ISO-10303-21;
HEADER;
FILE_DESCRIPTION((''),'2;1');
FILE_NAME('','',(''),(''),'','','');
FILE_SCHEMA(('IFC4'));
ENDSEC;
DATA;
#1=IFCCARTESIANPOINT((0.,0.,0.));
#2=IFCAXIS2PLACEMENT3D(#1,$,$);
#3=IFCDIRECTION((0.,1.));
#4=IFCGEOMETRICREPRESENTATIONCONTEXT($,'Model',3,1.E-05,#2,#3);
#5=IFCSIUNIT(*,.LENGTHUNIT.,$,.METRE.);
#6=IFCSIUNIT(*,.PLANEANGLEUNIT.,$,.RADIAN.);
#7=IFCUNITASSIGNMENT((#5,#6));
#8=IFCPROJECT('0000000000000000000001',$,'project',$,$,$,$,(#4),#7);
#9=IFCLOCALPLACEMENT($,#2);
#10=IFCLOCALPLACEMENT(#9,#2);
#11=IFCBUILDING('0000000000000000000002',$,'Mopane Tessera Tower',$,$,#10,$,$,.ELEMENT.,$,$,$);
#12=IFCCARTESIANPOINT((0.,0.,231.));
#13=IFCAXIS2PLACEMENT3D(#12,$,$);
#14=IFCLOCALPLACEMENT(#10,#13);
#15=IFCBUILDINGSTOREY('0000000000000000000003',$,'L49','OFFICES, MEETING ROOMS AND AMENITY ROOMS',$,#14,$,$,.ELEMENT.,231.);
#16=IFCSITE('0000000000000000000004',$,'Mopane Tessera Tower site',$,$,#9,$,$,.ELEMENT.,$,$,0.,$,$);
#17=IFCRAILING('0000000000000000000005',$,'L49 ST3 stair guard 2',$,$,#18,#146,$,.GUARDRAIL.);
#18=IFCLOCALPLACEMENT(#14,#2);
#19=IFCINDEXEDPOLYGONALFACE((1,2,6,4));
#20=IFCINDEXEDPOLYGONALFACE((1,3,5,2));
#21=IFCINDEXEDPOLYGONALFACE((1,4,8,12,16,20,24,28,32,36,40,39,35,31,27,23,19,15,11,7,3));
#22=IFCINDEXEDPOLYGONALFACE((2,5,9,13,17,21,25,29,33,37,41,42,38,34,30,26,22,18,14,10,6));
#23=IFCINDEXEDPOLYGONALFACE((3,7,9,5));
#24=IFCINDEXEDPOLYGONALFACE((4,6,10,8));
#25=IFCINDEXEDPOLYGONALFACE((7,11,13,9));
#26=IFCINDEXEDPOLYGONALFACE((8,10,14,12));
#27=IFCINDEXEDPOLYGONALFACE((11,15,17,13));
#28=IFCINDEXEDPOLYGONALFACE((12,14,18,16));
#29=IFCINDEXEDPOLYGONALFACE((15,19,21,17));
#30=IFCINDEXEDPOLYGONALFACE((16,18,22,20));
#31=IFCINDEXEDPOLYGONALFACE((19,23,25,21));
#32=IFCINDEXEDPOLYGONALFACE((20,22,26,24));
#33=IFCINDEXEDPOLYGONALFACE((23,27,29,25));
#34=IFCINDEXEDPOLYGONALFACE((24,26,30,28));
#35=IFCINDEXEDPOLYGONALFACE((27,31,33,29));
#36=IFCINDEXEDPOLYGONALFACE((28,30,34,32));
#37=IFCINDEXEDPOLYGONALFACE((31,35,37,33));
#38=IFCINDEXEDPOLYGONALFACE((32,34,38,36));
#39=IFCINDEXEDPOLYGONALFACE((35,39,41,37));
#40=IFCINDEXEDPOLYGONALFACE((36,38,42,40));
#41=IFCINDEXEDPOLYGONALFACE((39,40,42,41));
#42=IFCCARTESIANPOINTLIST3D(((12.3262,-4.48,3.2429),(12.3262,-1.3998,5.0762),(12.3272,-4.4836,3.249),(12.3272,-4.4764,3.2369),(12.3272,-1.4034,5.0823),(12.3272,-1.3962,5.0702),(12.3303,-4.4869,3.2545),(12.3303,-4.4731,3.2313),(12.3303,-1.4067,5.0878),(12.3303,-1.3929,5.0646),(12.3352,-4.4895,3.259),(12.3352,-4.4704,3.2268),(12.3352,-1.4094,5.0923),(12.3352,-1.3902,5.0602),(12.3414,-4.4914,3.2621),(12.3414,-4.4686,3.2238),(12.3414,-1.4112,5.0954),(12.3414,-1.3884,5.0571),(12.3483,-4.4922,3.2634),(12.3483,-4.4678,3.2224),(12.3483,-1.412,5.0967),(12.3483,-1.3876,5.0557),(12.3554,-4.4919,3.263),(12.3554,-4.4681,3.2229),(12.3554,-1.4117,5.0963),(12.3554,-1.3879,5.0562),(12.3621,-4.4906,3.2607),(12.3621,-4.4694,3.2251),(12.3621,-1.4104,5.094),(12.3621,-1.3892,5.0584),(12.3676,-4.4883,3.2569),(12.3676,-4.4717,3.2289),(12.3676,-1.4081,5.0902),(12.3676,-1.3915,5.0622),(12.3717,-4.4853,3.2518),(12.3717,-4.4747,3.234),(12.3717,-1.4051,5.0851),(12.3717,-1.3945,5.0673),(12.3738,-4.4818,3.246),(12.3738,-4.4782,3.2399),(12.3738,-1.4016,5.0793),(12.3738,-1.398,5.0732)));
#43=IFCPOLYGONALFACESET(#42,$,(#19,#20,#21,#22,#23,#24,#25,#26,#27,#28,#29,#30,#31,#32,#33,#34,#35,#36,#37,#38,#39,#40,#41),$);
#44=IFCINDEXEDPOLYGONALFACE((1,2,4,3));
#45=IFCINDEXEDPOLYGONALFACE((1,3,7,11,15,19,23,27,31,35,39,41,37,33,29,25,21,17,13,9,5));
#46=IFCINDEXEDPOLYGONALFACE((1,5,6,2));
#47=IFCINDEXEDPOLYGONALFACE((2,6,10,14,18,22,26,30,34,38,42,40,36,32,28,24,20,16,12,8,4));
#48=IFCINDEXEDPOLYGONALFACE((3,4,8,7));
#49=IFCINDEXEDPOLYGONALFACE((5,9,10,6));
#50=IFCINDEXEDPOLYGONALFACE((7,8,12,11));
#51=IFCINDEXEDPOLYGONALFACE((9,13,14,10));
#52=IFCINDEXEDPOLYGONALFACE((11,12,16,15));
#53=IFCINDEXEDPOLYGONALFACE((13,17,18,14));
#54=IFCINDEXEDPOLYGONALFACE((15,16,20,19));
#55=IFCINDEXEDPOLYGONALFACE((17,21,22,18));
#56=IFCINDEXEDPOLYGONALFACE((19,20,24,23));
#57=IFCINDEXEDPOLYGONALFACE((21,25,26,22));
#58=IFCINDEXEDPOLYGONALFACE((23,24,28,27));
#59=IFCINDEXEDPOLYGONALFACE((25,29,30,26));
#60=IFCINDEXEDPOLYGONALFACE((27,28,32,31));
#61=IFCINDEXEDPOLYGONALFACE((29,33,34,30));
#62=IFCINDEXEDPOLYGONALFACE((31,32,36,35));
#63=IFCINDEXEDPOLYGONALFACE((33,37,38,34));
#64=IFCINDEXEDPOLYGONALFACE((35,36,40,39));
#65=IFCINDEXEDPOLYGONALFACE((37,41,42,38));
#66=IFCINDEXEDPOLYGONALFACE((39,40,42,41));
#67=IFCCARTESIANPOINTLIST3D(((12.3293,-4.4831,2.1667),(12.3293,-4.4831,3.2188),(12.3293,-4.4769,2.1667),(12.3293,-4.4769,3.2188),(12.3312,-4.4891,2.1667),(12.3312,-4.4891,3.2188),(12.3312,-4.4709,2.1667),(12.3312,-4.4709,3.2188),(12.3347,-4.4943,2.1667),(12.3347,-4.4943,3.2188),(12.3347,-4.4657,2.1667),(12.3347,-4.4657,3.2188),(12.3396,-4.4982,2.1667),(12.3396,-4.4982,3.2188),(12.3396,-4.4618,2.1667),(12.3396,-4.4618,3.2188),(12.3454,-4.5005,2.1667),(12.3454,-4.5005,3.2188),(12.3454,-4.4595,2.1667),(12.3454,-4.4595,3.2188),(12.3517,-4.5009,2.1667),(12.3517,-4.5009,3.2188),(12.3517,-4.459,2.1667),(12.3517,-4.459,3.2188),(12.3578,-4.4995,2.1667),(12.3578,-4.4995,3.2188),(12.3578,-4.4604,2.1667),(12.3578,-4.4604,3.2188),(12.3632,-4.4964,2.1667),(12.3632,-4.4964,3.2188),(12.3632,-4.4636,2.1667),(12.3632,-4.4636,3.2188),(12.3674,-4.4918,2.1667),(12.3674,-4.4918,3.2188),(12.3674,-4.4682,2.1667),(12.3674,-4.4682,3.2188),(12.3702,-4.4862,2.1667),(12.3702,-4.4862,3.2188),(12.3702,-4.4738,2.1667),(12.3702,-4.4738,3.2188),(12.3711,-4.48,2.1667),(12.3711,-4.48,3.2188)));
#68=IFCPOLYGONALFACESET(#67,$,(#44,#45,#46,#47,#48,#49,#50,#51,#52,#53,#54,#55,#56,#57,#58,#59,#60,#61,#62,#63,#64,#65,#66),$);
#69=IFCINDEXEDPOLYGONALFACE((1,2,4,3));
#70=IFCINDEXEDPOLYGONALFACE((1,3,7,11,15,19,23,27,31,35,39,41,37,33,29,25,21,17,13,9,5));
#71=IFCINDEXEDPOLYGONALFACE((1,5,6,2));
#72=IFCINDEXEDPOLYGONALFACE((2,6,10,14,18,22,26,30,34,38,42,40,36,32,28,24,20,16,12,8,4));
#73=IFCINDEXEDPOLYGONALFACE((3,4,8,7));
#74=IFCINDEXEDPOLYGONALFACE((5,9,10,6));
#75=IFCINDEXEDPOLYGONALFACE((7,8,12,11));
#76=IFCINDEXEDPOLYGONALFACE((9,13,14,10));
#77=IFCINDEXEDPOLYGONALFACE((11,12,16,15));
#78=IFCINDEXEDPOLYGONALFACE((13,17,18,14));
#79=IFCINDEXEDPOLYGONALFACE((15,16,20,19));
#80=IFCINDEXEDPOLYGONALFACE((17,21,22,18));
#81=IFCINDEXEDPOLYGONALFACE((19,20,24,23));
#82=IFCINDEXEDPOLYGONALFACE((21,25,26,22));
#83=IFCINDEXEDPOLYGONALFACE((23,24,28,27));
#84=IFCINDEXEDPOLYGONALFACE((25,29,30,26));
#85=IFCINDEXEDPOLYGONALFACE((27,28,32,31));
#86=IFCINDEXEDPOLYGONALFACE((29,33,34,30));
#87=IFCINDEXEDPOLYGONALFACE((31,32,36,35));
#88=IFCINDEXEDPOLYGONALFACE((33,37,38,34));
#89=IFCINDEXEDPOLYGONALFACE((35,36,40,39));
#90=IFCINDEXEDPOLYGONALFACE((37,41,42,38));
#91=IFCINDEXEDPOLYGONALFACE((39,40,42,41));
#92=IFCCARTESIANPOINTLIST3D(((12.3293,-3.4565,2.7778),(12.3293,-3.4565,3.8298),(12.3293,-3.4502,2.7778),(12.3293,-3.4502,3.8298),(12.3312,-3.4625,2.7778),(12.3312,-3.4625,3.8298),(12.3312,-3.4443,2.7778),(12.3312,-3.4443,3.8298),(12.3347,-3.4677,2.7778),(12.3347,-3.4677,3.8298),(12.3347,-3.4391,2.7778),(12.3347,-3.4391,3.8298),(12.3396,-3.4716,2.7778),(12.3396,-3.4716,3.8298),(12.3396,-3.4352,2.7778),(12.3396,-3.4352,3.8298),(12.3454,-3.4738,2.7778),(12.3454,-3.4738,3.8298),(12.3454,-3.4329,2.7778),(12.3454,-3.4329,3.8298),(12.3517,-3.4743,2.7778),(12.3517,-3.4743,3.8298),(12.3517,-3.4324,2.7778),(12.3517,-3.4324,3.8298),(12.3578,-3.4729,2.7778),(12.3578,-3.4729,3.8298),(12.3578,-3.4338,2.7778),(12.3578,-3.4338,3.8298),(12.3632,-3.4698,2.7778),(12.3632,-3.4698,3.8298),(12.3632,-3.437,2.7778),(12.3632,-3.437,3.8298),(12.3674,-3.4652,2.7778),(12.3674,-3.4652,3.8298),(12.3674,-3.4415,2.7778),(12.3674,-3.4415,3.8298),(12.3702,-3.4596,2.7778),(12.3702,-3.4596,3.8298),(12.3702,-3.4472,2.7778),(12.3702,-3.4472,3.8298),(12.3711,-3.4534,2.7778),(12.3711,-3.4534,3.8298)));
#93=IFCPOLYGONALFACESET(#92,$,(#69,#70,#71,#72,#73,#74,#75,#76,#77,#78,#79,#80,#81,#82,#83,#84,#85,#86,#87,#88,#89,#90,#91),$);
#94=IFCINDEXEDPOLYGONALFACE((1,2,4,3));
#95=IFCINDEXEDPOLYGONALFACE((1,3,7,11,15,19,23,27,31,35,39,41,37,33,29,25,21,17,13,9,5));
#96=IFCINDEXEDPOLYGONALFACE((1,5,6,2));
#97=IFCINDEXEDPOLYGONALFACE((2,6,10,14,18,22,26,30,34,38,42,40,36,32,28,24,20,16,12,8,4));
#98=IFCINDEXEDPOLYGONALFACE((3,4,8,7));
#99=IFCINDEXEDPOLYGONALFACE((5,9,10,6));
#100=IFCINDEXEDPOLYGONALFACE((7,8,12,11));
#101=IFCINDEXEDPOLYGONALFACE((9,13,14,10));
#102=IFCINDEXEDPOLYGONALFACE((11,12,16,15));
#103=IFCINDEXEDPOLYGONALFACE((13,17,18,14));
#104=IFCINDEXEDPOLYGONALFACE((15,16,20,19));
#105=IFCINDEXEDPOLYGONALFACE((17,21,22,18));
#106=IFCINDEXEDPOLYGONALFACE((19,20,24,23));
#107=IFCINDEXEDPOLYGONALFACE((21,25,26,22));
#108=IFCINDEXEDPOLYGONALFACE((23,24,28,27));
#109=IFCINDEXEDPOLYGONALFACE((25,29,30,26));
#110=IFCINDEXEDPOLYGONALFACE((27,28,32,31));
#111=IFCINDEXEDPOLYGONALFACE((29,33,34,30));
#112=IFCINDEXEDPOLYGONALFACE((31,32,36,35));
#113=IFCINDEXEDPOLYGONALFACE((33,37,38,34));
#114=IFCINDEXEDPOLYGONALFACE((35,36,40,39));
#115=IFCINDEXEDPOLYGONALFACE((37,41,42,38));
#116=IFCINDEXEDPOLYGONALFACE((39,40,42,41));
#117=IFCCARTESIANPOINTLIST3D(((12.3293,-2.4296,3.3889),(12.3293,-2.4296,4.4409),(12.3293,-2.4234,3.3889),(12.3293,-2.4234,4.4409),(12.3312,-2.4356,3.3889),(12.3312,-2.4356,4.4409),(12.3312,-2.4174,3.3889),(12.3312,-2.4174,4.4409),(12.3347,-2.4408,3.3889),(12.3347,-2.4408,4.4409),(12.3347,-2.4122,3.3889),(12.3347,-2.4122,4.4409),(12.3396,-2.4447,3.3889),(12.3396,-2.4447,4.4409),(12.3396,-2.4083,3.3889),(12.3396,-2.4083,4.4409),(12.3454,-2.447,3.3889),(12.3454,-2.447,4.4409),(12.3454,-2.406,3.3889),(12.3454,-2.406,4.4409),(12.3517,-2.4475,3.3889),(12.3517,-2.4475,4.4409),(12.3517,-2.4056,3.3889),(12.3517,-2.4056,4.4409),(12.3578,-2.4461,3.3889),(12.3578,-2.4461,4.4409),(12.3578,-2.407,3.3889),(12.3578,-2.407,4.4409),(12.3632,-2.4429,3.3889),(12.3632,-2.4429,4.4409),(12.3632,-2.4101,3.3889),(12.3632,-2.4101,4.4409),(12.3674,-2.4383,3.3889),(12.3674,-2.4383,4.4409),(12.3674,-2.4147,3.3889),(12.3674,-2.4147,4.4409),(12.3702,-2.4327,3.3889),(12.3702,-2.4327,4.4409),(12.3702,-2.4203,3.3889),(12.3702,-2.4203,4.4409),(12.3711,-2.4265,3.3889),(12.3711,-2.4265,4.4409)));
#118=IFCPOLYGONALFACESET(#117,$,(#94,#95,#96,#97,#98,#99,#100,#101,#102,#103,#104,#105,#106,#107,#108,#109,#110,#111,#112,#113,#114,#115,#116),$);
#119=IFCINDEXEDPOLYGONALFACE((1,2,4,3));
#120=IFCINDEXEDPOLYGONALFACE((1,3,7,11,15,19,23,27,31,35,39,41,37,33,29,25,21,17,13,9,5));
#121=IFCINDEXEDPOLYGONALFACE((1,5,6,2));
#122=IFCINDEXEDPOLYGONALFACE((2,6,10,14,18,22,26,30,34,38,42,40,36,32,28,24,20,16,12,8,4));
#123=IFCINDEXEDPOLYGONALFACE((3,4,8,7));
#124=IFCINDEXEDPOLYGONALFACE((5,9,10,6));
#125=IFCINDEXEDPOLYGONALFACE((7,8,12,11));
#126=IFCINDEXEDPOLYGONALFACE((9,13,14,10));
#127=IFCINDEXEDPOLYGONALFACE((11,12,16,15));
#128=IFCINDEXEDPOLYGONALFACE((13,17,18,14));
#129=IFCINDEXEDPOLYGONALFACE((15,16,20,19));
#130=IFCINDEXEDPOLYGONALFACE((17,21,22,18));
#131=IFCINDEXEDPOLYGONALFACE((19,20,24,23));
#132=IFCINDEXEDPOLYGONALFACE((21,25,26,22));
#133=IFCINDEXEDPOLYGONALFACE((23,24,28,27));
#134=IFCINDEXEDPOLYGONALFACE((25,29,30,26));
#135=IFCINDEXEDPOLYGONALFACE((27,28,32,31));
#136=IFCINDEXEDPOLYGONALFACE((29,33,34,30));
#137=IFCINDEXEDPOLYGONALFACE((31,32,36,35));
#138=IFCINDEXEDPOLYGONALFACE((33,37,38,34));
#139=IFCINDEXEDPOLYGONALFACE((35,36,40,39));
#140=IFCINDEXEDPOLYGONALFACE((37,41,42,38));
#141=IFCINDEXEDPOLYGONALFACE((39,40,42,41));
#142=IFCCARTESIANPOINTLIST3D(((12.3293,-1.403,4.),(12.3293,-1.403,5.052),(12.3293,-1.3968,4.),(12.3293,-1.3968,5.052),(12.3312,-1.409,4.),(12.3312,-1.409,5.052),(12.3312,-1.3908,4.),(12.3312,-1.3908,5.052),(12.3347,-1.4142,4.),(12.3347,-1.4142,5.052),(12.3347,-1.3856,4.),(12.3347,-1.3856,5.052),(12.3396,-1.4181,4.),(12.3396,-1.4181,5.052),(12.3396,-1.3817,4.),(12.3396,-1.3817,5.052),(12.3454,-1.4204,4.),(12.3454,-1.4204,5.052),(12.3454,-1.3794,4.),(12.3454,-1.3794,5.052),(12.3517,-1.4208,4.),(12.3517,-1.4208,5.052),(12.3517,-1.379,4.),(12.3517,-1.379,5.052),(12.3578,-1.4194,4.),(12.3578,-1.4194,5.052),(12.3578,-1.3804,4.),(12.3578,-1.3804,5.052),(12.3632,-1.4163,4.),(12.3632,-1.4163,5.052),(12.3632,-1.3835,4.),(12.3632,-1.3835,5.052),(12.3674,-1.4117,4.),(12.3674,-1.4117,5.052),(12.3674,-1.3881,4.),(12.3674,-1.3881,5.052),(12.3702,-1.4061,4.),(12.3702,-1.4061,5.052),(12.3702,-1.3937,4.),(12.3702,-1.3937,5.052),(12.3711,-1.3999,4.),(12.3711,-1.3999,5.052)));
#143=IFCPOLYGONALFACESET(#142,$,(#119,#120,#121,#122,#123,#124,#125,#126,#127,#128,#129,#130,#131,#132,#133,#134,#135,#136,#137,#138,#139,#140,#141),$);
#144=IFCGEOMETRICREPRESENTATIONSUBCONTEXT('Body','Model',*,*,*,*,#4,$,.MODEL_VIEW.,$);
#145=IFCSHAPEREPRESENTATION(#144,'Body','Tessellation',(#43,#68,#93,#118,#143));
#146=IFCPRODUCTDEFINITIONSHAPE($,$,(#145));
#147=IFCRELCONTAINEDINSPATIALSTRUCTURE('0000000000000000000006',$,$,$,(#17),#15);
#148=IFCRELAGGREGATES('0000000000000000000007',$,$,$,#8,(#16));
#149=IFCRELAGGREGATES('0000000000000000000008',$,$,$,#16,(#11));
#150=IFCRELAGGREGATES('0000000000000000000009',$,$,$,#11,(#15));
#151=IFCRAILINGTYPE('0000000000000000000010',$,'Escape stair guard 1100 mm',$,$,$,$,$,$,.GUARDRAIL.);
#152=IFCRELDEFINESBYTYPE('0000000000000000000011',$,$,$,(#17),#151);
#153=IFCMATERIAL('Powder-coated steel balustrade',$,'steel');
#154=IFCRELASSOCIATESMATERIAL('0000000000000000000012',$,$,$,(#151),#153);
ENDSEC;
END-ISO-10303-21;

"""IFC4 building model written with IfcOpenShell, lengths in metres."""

from ifc_helpers import new_model, si_unit, direction, frame, origin, origin_2d, place, context, subcontext, project, spatial, circle, extrude, material, type_object, element, save


model = new_model("IFC4")

# Units and contexts
model_context = context("Model", 3, precision=1e-05, world=origin(), true_north=direction((0.0, 1.0)))
body_context = subcontext(model_context, "Body", "Model", "MODEL_VIEW")
ifc_project = project(units=[si_unit("LENGTHUNIT", "METRE"), si_unit("PLANEANGLEUNIT", "RADIAN")], contexts=[model_context])

# Site, building, storey
site_placement = place(None, origin())
site = spatial("IfcSite", under=ifc_project, at=site_placement, Name="Mopane Tessera Tower site", CompositionType="ELEMENT", RefElevation=0.0)
building_placement = place(site_placement, origin())
building = spatial("IfcBuilding", under=site, at=building_placement, Name="Mopane Tessera Tower", CompositionType="ELEMENT")
storey_placement = place(building_placement, frame((0.0, 0.0, 231.0)))
storey = spatial("IfcBuildingStorey", under=building, at=storey_placement, Name="L49", Description="OFFICES, MEETING ROOMS AND AMENITY ROOMS", CompositionType="ELEMENT", Elevation=231.0)

# Railing
ifc_material_1 = material(Name="Powder-coated steel balustrade", Category="steel")
railing_type_1 = type_object("IfcRailingType", Name="Escape stair guard 1100 mm", PredefinedType="GUARDRAIL", material=ifc_material_1)
railing_1_placement = place(storey_placement, frame((12.3501, -4.48, 2.1667)))
element("IfcRailing", 1, at=railing_1_placement, inside=storey, type_object=railing_type_1, Name="L49 ST3 stair guard 2", PredefinedType="GUARDRAIL", context=body_context, shape_type="SweptSolid", body=[
    extrude(circle(Radius=0.0239, at=origin_2d()), frame((0.0, 0.0, 1.0762), z_axis=(0.0, 0.859309, 0.511458), x_axis=(-1.0, 0.0, 0.0)), (0.0, 0.0, 1.0), 3.5845),
    extrude(circle(Radius=0.021, at=origin_2d()), origin(), (0.0, 0.0, 1.0), 1.052),
    extrude(circle(Radius=0.021, at=origin_2d()), frame((0.0, 1.0266, 0.6111)), (0.0, 0.0, 1.0), 1.052),
    extrude(circle(Radius=0.021, at=origin_2d()), frame((0.0, 2.0535, 1.2222)), (0.0, 0.0, 1.0), 1.052),
    extrude(circle(Radius=0.021, at=origin_2d()), frame((0.0, 3.0801, 1.8333)), (0.0, 0.0, 1.0), 1.052),
])

save(model, "model.ifc")
